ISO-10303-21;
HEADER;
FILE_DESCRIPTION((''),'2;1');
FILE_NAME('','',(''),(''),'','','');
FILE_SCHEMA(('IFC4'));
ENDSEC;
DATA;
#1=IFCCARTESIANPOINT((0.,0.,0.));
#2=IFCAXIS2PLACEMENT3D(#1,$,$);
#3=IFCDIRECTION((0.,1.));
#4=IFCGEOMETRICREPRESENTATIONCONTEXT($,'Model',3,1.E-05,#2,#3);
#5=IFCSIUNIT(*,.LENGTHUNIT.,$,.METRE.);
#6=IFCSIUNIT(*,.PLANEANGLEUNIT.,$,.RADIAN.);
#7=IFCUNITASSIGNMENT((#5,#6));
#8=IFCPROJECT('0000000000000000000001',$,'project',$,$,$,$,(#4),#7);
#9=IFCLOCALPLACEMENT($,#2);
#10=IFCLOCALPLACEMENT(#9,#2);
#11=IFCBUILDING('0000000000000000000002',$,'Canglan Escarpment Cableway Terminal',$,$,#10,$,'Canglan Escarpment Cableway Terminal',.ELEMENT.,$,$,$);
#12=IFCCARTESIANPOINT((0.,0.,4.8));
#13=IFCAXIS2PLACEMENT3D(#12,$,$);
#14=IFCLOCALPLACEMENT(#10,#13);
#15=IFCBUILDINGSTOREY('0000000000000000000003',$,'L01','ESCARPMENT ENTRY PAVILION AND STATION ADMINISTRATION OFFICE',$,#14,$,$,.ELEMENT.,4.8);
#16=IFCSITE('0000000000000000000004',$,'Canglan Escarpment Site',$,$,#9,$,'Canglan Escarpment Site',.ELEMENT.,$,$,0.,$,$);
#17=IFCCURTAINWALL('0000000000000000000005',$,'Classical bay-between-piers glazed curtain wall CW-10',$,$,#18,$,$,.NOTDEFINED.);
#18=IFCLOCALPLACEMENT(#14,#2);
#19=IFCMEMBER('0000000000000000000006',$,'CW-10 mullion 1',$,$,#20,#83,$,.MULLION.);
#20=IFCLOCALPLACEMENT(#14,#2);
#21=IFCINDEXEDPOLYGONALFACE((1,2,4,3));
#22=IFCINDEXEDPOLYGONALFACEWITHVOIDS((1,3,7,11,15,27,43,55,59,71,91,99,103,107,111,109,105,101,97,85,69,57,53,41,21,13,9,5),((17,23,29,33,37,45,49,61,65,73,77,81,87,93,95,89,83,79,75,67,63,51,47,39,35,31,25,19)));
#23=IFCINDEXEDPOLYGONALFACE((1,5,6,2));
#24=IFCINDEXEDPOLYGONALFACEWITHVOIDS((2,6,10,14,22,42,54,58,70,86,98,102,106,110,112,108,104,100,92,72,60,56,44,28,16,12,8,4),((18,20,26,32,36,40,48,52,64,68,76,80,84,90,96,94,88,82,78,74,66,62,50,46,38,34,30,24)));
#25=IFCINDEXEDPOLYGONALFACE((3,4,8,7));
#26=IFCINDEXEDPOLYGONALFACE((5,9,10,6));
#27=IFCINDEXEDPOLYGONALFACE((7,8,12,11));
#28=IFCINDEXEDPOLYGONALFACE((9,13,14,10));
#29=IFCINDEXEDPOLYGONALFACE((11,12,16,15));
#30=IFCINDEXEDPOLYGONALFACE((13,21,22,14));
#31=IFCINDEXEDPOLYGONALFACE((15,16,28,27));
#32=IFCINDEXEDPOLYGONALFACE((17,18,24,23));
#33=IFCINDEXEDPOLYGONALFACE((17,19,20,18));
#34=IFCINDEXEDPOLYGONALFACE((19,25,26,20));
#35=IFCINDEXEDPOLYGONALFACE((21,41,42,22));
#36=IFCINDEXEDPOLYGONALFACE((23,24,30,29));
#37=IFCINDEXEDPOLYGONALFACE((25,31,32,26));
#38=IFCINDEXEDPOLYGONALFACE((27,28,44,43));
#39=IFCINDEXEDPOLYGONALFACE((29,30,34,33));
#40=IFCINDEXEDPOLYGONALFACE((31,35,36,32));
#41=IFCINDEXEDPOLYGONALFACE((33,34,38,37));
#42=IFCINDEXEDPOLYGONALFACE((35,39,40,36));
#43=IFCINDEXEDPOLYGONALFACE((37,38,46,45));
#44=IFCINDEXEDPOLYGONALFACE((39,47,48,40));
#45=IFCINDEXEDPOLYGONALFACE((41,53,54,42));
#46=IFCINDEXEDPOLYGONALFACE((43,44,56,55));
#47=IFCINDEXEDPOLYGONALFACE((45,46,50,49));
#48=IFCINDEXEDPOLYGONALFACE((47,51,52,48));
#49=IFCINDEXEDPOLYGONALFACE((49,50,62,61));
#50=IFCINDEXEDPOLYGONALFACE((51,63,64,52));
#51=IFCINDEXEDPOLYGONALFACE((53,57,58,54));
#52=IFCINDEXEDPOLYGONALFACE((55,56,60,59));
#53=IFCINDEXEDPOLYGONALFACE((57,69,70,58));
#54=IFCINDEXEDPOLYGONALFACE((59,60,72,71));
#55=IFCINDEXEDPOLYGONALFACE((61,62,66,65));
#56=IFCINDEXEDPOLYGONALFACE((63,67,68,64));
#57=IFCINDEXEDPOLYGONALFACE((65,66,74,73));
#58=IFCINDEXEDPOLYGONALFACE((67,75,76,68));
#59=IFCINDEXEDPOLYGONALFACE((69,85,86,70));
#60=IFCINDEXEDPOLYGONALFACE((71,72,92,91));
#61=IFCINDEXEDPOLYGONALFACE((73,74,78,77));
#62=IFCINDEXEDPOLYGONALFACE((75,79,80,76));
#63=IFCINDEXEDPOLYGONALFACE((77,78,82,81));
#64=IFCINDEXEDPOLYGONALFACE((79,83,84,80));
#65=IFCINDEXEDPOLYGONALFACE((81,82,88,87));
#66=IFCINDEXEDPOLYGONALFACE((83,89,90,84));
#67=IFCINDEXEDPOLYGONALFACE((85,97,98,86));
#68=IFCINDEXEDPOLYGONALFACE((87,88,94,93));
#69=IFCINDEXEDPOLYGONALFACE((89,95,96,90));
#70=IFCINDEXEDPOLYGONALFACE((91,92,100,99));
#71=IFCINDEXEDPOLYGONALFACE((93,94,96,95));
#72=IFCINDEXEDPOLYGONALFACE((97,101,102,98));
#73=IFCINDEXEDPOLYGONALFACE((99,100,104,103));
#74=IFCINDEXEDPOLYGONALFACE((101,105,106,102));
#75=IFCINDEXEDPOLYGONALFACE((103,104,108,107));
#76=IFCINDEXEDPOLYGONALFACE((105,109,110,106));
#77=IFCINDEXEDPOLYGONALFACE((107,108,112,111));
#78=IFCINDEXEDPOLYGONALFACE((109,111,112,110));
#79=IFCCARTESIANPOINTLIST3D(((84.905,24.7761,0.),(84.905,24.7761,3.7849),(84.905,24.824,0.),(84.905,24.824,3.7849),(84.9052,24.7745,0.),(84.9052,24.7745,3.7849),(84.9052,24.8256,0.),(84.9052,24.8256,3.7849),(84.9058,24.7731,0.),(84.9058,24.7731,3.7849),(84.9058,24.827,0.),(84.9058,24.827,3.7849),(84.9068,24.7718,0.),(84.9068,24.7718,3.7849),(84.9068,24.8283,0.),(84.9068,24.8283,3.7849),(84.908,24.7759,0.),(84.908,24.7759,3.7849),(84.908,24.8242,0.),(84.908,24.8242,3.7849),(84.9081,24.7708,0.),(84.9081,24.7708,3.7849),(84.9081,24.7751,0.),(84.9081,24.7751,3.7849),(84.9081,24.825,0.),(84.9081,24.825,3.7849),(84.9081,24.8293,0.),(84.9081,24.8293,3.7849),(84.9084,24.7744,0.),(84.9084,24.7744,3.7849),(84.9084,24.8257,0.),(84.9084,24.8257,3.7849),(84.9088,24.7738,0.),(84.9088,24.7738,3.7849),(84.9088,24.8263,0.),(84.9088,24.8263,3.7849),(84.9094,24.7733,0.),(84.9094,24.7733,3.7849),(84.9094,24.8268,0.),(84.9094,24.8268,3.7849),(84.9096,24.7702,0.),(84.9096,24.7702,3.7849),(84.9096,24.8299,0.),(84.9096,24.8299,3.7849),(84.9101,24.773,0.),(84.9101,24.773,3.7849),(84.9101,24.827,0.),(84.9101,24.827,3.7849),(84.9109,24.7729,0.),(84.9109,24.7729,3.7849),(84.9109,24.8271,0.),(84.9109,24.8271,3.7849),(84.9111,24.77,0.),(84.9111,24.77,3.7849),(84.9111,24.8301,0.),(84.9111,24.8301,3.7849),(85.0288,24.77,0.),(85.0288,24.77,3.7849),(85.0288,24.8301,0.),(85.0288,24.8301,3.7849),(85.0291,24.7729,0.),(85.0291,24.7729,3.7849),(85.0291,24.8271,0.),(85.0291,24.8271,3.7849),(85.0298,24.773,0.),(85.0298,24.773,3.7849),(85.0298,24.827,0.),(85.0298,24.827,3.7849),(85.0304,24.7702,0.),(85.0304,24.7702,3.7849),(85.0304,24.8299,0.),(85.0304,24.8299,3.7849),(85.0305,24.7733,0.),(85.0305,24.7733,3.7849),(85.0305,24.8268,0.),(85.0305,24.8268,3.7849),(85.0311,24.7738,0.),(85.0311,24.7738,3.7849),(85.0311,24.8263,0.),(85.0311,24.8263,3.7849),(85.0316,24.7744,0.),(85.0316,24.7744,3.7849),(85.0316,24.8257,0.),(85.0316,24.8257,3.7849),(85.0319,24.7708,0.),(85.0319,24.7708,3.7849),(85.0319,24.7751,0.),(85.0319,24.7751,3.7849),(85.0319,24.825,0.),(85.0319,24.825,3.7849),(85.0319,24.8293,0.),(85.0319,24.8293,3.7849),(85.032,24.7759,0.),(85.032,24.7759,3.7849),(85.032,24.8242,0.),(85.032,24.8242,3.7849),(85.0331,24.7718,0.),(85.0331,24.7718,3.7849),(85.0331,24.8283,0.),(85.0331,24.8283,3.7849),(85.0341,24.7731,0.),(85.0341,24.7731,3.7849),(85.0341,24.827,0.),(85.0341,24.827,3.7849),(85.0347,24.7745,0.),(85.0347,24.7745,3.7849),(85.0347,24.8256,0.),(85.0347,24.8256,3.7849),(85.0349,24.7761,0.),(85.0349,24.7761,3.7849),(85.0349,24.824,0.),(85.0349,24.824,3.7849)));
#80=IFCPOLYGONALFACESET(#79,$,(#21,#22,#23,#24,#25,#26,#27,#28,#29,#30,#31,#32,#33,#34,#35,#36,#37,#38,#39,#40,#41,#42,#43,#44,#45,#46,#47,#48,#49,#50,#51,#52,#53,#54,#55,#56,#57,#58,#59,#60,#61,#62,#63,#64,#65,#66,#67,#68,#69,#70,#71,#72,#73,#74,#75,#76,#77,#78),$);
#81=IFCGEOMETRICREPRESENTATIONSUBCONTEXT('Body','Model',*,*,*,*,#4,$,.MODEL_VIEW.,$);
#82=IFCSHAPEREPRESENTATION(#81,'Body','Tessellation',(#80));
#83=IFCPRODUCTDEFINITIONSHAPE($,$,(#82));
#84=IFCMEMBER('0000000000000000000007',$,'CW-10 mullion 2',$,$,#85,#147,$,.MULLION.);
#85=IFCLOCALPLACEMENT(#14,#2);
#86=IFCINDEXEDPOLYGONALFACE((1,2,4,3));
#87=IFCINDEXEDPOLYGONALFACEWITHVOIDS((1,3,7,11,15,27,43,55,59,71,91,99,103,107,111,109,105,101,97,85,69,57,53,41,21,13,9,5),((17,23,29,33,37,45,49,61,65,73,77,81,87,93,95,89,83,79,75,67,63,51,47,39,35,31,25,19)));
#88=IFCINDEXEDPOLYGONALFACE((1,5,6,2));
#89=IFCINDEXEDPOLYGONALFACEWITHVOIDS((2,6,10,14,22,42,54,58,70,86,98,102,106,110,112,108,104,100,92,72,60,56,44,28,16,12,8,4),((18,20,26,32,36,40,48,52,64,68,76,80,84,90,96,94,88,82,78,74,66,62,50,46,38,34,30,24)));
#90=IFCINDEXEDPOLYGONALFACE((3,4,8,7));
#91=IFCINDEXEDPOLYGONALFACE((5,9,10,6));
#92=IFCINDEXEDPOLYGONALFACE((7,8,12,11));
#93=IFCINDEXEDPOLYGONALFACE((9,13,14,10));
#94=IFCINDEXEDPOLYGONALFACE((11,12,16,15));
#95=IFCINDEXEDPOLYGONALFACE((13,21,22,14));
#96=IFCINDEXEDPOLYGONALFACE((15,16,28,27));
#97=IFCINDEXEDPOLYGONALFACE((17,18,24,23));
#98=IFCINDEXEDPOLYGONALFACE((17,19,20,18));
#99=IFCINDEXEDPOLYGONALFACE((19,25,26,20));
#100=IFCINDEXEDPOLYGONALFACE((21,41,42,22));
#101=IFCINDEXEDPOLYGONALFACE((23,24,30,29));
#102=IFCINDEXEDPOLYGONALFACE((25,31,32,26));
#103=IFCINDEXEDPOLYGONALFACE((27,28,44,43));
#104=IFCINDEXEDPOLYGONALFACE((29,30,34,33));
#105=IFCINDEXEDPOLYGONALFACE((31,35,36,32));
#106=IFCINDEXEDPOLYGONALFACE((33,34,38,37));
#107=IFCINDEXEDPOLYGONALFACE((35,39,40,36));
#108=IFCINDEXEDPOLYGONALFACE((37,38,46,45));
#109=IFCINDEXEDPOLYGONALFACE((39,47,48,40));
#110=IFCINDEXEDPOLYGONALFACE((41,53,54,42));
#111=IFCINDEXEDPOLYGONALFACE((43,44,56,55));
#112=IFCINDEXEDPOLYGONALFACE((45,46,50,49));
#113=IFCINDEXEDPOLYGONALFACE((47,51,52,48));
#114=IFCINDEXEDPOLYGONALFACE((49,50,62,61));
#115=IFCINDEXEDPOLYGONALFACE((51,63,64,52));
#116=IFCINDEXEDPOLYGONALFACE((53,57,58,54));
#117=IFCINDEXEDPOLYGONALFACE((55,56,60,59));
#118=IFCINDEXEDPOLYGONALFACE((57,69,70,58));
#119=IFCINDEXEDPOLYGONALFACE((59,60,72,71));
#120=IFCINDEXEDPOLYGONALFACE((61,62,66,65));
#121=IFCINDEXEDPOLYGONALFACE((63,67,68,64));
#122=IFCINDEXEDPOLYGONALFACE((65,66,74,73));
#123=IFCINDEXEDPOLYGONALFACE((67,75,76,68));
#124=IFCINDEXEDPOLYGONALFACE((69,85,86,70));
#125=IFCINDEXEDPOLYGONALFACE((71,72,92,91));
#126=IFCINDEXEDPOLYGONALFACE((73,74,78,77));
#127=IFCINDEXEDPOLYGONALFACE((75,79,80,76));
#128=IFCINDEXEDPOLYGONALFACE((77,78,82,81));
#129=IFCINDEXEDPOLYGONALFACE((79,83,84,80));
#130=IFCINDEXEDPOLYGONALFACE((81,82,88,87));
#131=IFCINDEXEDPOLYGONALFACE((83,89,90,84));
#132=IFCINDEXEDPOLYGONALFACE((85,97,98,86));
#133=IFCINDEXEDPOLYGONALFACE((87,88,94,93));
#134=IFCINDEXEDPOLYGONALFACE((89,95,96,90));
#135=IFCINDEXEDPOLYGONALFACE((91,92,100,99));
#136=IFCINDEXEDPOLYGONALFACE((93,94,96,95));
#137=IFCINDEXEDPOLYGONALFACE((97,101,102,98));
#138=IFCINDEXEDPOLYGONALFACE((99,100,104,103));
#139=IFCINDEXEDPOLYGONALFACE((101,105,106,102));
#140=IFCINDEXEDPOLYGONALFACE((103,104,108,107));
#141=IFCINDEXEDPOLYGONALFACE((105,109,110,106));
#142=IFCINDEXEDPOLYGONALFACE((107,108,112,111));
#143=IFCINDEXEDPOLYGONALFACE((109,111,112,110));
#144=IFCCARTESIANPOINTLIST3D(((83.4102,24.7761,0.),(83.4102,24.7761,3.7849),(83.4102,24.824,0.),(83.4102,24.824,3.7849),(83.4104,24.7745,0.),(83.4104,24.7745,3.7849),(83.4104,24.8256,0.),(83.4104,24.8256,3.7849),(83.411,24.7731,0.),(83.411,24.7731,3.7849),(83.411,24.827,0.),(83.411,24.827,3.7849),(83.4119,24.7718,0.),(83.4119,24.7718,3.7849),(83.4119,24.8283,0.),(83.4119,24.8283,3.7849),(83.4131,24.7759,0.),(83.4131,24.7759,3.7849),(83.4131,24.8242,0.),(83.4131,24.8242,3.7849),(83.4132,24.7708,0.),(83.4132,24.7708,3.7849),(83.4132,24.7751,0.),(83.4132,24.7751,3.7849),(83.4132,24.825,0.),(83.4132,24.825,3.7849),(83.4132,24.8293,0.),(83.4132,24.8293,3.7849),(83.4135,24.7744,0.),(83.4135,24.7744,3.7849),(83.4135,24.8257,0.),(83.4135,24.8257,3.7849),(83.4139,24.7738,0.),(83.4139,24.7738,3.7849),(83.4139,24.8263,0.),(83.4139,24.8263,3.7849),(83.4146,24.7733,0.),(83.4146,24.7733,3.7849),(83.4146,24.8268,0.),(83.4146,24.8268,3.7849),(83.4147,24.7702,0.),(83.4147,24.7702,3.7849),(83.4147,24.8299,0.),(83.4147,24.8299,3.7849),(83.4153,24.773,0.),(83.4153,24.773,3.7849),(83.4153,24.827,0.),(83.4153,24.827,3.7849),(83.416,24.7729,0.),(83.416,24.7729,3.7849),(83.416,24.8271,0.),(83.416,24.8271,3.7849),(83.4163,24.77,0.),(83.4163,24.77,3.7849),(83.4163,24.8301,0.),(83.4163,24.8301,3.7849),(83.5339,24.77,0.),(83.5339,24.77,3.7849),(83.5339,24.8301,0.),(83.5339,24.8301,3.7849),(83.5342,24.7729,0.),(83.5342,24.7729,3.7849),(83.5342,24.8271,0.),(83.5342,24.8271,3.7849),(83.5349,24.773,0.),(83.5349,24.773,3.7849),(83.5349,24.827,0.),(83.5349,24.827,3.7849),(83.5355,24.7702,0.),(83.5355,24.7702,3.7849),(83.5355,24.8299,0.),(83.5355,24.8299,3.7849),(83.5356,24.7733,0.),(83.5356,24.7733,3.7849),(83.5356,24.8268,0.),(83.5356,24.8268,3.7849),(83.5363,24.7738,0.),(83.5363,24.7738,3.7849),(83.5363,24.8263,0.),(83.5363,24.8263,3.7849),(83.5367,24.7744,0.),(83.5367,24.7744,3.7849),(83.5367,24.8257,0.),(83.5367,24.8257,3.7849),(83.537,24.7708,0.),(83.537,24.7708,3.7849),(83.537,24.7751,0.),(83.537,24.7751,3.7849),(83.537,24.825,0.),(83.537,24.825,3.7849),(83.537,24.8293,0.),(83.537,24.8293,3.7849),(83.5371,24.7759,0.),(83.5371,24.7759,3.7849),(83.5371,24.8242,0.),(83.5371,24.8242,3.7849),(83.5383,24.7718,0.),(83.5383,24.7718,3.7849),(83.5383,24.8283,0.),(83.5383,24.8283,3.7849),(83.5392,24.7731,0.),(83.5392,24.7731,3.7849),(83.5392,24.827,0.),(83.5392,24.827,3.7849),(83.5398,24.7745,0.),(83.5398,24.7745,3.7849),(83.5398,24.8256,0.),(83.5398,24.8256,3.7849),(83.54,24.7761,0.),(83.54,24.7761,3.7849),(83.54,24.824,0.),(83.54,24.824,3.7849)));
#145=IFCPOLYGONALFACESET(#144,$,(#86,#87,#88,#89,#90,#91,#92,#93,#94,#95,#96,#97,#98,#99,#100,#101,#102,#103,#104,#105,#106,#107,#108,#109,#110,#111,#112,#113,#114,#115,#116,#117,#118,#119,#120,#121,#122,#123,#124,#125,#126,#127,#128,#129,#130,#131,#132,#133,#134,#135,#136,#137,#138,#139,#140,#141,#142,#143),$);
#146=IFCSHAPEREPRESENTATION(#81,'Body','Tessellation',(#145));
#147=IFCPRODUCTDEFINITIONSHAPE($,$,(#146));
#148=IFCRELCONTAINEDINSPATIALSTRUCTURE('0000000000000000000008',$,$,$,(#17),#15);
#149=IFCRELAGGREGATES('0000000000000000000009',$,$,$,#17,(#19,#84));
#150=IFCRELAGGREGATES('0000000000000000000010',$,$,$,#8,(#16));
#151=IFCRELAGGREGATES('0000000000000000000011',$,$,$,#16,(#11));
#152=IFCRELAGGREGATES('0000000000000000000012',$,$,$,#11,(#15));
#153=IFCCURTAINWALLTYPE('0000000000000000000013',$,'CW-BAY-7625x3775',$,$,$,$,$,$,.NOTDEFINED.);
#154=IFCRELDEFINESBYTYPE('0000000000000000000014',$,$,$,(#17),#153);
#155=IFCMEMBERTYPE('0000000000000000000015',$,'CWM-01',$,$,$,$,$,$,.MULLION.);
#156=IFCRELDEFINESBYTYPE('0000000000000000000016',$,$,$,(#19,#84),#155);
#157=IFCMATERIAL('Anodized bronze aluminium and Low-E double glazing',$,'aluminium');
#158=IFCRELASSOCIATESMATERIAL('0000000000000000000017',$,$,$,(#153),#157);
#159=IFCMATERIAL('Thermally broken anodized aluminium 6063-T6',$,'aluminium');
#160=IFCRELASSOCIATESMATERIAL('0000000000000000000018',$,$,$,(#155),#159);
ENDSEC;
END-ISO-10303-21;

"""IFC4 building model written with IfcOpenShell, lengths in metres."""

from ifc_helpers import new_model, si_unit, direction, frame, origin, origin_2d, place, context, subcontext, project, spatial, hollow_rectangle, extrude, material, material_profile, profile_set, type_object, element, aggregate, save


model = new_model("IFC4")

# Units and contexts
model_context = context("Model", 3, precision=1e-05, world=origin(), true_north=direction((0.0, 1.0)))
body_context = subcontext(model_context, "Body", "Model", "MODEL_VIEW")
ifc_project = project(units=[si_unit("LENGTHUNIT", "METRE"), si_unit("PLANEANGLEUNIT", "RADIAN")], contexts=[model_context])

# Site, building, storey
site_placement = place(None, origin())
site = spatial("IfcSite", under=ifc_project, at=site_placement, Name="Canglan Escarpment Site", LongName="Canglan Escarpment Site", CompositionType="ELEMENT", RefElevation=0.0)
building_placement = place(site_placement, origin())
building = spatial("IfcBuilding", under=site, at=building_placement, Name="Canglan Escarpment Cableway Terminal", LongName="Canglan Escarpment Cableway Terminal", CompositionType="ELEMENT")
storey_placement = place(building_placement, frame((0.0, 0.0, 4.8)))
storey = spatial("IfcBuildingStorey", under=building, at=storey_placement, Name="L01", Description="ESCARPMENT ENTRY PAVILION AND STATION ADMINISTRATION OFFICE", CompositionType="ELEMENT", Elevation=4.8)

# Curtain wall, members
ifc_material_1 = material(Name="Anodized bronze aluminium and Low-E double glazing", Category="aluminium")
curtain_wall_type = type_object("IfcCurtainWallType", Name="CW-BAY-7625x3775", PredefinedType="NOTDEFINED", material=ifc_material_1)
curtain_wall_placement = place(storey_placement, origin())
curtain_wall = element("IfcCurtainWall", 1, at=curtain_wall_placement, inside=storey, type_object=curtain_wall_type, Name="Classical bay-between-piers glazed curtain wall CW-10", PredefinedType="NOTDEFINED")
ifc_material_2 = material(Name="Thermally broken anodized aluminium 6063-T6", Category="aluminium")
ifc_material_profile_1 = material_profile(ifc_material_2, hollow_rectangle(XDim=0.0601, YDim=0.1299, WallThickness=0.0029, InnerFilletRadius=0.0029, OuterFilletRadius=0.0061, at=origin_2d()), Name="ALU-MULL 60x130x3")
ifc_profile_set_1 = profile_set([ifc_material_profile_1], Name="Thermally broken anodized aluminium 6063-T6")
member_type_1 = type_object("IfcMemberType", Name="CWM-01", PredefinedType="MULLION", material=ifc_profile_set_1)
member_1_placement = place(storey_placement, frame((84.97, 24.8, 0.0), z_axis=(0.0, 0.0, 1.0), x_axis=(0.0, -1.0, 0.0)))
member_1 = element("IfcMember", 2, at=member_1_placement, type_object=member_type_1, Name="CW-10 mullion 1", PredefinedType="MULLION", context=body_context, shape_type="SweptSolid", body=[
    extrude(hollow_rectangle(XDim=0.0601, YDim=0.1299, WallThickness=0.0029, InnerFilletRadius=0.0029, OuterFilletRadius=0.0061, at=origin_2d()), origin(), (0.0, 0.0, 1.0), 3.7849),
])
member_2_placement = place(storey_placement, frame((83.4751, 24.8, 0.0), z_axis=(0.0, 0.0, 1.0), x_axis=(0.0, -1.0, 0.0)))
member_2 = element("IfcMember", 3, at=member_2_placement, type_object=member_type_1, Name="CW-10 mullion 2", PredefinedType="MULLION", context=body_context, shape_type="SweptSolid", body=[
    extrude(hollow_rectangle(XDim=0.0601, YDim=0.1299, WallThickness=0.0029, InnerFilletRadius=0.0029, OuterFilletRadius=0.0061, at=origin_2d()), origin(), (0.0, 0.0, 1.0), 3.7849),
])

aggregate(curtain_wall, [member_1, member_2])

save(model, "model.ifc")
